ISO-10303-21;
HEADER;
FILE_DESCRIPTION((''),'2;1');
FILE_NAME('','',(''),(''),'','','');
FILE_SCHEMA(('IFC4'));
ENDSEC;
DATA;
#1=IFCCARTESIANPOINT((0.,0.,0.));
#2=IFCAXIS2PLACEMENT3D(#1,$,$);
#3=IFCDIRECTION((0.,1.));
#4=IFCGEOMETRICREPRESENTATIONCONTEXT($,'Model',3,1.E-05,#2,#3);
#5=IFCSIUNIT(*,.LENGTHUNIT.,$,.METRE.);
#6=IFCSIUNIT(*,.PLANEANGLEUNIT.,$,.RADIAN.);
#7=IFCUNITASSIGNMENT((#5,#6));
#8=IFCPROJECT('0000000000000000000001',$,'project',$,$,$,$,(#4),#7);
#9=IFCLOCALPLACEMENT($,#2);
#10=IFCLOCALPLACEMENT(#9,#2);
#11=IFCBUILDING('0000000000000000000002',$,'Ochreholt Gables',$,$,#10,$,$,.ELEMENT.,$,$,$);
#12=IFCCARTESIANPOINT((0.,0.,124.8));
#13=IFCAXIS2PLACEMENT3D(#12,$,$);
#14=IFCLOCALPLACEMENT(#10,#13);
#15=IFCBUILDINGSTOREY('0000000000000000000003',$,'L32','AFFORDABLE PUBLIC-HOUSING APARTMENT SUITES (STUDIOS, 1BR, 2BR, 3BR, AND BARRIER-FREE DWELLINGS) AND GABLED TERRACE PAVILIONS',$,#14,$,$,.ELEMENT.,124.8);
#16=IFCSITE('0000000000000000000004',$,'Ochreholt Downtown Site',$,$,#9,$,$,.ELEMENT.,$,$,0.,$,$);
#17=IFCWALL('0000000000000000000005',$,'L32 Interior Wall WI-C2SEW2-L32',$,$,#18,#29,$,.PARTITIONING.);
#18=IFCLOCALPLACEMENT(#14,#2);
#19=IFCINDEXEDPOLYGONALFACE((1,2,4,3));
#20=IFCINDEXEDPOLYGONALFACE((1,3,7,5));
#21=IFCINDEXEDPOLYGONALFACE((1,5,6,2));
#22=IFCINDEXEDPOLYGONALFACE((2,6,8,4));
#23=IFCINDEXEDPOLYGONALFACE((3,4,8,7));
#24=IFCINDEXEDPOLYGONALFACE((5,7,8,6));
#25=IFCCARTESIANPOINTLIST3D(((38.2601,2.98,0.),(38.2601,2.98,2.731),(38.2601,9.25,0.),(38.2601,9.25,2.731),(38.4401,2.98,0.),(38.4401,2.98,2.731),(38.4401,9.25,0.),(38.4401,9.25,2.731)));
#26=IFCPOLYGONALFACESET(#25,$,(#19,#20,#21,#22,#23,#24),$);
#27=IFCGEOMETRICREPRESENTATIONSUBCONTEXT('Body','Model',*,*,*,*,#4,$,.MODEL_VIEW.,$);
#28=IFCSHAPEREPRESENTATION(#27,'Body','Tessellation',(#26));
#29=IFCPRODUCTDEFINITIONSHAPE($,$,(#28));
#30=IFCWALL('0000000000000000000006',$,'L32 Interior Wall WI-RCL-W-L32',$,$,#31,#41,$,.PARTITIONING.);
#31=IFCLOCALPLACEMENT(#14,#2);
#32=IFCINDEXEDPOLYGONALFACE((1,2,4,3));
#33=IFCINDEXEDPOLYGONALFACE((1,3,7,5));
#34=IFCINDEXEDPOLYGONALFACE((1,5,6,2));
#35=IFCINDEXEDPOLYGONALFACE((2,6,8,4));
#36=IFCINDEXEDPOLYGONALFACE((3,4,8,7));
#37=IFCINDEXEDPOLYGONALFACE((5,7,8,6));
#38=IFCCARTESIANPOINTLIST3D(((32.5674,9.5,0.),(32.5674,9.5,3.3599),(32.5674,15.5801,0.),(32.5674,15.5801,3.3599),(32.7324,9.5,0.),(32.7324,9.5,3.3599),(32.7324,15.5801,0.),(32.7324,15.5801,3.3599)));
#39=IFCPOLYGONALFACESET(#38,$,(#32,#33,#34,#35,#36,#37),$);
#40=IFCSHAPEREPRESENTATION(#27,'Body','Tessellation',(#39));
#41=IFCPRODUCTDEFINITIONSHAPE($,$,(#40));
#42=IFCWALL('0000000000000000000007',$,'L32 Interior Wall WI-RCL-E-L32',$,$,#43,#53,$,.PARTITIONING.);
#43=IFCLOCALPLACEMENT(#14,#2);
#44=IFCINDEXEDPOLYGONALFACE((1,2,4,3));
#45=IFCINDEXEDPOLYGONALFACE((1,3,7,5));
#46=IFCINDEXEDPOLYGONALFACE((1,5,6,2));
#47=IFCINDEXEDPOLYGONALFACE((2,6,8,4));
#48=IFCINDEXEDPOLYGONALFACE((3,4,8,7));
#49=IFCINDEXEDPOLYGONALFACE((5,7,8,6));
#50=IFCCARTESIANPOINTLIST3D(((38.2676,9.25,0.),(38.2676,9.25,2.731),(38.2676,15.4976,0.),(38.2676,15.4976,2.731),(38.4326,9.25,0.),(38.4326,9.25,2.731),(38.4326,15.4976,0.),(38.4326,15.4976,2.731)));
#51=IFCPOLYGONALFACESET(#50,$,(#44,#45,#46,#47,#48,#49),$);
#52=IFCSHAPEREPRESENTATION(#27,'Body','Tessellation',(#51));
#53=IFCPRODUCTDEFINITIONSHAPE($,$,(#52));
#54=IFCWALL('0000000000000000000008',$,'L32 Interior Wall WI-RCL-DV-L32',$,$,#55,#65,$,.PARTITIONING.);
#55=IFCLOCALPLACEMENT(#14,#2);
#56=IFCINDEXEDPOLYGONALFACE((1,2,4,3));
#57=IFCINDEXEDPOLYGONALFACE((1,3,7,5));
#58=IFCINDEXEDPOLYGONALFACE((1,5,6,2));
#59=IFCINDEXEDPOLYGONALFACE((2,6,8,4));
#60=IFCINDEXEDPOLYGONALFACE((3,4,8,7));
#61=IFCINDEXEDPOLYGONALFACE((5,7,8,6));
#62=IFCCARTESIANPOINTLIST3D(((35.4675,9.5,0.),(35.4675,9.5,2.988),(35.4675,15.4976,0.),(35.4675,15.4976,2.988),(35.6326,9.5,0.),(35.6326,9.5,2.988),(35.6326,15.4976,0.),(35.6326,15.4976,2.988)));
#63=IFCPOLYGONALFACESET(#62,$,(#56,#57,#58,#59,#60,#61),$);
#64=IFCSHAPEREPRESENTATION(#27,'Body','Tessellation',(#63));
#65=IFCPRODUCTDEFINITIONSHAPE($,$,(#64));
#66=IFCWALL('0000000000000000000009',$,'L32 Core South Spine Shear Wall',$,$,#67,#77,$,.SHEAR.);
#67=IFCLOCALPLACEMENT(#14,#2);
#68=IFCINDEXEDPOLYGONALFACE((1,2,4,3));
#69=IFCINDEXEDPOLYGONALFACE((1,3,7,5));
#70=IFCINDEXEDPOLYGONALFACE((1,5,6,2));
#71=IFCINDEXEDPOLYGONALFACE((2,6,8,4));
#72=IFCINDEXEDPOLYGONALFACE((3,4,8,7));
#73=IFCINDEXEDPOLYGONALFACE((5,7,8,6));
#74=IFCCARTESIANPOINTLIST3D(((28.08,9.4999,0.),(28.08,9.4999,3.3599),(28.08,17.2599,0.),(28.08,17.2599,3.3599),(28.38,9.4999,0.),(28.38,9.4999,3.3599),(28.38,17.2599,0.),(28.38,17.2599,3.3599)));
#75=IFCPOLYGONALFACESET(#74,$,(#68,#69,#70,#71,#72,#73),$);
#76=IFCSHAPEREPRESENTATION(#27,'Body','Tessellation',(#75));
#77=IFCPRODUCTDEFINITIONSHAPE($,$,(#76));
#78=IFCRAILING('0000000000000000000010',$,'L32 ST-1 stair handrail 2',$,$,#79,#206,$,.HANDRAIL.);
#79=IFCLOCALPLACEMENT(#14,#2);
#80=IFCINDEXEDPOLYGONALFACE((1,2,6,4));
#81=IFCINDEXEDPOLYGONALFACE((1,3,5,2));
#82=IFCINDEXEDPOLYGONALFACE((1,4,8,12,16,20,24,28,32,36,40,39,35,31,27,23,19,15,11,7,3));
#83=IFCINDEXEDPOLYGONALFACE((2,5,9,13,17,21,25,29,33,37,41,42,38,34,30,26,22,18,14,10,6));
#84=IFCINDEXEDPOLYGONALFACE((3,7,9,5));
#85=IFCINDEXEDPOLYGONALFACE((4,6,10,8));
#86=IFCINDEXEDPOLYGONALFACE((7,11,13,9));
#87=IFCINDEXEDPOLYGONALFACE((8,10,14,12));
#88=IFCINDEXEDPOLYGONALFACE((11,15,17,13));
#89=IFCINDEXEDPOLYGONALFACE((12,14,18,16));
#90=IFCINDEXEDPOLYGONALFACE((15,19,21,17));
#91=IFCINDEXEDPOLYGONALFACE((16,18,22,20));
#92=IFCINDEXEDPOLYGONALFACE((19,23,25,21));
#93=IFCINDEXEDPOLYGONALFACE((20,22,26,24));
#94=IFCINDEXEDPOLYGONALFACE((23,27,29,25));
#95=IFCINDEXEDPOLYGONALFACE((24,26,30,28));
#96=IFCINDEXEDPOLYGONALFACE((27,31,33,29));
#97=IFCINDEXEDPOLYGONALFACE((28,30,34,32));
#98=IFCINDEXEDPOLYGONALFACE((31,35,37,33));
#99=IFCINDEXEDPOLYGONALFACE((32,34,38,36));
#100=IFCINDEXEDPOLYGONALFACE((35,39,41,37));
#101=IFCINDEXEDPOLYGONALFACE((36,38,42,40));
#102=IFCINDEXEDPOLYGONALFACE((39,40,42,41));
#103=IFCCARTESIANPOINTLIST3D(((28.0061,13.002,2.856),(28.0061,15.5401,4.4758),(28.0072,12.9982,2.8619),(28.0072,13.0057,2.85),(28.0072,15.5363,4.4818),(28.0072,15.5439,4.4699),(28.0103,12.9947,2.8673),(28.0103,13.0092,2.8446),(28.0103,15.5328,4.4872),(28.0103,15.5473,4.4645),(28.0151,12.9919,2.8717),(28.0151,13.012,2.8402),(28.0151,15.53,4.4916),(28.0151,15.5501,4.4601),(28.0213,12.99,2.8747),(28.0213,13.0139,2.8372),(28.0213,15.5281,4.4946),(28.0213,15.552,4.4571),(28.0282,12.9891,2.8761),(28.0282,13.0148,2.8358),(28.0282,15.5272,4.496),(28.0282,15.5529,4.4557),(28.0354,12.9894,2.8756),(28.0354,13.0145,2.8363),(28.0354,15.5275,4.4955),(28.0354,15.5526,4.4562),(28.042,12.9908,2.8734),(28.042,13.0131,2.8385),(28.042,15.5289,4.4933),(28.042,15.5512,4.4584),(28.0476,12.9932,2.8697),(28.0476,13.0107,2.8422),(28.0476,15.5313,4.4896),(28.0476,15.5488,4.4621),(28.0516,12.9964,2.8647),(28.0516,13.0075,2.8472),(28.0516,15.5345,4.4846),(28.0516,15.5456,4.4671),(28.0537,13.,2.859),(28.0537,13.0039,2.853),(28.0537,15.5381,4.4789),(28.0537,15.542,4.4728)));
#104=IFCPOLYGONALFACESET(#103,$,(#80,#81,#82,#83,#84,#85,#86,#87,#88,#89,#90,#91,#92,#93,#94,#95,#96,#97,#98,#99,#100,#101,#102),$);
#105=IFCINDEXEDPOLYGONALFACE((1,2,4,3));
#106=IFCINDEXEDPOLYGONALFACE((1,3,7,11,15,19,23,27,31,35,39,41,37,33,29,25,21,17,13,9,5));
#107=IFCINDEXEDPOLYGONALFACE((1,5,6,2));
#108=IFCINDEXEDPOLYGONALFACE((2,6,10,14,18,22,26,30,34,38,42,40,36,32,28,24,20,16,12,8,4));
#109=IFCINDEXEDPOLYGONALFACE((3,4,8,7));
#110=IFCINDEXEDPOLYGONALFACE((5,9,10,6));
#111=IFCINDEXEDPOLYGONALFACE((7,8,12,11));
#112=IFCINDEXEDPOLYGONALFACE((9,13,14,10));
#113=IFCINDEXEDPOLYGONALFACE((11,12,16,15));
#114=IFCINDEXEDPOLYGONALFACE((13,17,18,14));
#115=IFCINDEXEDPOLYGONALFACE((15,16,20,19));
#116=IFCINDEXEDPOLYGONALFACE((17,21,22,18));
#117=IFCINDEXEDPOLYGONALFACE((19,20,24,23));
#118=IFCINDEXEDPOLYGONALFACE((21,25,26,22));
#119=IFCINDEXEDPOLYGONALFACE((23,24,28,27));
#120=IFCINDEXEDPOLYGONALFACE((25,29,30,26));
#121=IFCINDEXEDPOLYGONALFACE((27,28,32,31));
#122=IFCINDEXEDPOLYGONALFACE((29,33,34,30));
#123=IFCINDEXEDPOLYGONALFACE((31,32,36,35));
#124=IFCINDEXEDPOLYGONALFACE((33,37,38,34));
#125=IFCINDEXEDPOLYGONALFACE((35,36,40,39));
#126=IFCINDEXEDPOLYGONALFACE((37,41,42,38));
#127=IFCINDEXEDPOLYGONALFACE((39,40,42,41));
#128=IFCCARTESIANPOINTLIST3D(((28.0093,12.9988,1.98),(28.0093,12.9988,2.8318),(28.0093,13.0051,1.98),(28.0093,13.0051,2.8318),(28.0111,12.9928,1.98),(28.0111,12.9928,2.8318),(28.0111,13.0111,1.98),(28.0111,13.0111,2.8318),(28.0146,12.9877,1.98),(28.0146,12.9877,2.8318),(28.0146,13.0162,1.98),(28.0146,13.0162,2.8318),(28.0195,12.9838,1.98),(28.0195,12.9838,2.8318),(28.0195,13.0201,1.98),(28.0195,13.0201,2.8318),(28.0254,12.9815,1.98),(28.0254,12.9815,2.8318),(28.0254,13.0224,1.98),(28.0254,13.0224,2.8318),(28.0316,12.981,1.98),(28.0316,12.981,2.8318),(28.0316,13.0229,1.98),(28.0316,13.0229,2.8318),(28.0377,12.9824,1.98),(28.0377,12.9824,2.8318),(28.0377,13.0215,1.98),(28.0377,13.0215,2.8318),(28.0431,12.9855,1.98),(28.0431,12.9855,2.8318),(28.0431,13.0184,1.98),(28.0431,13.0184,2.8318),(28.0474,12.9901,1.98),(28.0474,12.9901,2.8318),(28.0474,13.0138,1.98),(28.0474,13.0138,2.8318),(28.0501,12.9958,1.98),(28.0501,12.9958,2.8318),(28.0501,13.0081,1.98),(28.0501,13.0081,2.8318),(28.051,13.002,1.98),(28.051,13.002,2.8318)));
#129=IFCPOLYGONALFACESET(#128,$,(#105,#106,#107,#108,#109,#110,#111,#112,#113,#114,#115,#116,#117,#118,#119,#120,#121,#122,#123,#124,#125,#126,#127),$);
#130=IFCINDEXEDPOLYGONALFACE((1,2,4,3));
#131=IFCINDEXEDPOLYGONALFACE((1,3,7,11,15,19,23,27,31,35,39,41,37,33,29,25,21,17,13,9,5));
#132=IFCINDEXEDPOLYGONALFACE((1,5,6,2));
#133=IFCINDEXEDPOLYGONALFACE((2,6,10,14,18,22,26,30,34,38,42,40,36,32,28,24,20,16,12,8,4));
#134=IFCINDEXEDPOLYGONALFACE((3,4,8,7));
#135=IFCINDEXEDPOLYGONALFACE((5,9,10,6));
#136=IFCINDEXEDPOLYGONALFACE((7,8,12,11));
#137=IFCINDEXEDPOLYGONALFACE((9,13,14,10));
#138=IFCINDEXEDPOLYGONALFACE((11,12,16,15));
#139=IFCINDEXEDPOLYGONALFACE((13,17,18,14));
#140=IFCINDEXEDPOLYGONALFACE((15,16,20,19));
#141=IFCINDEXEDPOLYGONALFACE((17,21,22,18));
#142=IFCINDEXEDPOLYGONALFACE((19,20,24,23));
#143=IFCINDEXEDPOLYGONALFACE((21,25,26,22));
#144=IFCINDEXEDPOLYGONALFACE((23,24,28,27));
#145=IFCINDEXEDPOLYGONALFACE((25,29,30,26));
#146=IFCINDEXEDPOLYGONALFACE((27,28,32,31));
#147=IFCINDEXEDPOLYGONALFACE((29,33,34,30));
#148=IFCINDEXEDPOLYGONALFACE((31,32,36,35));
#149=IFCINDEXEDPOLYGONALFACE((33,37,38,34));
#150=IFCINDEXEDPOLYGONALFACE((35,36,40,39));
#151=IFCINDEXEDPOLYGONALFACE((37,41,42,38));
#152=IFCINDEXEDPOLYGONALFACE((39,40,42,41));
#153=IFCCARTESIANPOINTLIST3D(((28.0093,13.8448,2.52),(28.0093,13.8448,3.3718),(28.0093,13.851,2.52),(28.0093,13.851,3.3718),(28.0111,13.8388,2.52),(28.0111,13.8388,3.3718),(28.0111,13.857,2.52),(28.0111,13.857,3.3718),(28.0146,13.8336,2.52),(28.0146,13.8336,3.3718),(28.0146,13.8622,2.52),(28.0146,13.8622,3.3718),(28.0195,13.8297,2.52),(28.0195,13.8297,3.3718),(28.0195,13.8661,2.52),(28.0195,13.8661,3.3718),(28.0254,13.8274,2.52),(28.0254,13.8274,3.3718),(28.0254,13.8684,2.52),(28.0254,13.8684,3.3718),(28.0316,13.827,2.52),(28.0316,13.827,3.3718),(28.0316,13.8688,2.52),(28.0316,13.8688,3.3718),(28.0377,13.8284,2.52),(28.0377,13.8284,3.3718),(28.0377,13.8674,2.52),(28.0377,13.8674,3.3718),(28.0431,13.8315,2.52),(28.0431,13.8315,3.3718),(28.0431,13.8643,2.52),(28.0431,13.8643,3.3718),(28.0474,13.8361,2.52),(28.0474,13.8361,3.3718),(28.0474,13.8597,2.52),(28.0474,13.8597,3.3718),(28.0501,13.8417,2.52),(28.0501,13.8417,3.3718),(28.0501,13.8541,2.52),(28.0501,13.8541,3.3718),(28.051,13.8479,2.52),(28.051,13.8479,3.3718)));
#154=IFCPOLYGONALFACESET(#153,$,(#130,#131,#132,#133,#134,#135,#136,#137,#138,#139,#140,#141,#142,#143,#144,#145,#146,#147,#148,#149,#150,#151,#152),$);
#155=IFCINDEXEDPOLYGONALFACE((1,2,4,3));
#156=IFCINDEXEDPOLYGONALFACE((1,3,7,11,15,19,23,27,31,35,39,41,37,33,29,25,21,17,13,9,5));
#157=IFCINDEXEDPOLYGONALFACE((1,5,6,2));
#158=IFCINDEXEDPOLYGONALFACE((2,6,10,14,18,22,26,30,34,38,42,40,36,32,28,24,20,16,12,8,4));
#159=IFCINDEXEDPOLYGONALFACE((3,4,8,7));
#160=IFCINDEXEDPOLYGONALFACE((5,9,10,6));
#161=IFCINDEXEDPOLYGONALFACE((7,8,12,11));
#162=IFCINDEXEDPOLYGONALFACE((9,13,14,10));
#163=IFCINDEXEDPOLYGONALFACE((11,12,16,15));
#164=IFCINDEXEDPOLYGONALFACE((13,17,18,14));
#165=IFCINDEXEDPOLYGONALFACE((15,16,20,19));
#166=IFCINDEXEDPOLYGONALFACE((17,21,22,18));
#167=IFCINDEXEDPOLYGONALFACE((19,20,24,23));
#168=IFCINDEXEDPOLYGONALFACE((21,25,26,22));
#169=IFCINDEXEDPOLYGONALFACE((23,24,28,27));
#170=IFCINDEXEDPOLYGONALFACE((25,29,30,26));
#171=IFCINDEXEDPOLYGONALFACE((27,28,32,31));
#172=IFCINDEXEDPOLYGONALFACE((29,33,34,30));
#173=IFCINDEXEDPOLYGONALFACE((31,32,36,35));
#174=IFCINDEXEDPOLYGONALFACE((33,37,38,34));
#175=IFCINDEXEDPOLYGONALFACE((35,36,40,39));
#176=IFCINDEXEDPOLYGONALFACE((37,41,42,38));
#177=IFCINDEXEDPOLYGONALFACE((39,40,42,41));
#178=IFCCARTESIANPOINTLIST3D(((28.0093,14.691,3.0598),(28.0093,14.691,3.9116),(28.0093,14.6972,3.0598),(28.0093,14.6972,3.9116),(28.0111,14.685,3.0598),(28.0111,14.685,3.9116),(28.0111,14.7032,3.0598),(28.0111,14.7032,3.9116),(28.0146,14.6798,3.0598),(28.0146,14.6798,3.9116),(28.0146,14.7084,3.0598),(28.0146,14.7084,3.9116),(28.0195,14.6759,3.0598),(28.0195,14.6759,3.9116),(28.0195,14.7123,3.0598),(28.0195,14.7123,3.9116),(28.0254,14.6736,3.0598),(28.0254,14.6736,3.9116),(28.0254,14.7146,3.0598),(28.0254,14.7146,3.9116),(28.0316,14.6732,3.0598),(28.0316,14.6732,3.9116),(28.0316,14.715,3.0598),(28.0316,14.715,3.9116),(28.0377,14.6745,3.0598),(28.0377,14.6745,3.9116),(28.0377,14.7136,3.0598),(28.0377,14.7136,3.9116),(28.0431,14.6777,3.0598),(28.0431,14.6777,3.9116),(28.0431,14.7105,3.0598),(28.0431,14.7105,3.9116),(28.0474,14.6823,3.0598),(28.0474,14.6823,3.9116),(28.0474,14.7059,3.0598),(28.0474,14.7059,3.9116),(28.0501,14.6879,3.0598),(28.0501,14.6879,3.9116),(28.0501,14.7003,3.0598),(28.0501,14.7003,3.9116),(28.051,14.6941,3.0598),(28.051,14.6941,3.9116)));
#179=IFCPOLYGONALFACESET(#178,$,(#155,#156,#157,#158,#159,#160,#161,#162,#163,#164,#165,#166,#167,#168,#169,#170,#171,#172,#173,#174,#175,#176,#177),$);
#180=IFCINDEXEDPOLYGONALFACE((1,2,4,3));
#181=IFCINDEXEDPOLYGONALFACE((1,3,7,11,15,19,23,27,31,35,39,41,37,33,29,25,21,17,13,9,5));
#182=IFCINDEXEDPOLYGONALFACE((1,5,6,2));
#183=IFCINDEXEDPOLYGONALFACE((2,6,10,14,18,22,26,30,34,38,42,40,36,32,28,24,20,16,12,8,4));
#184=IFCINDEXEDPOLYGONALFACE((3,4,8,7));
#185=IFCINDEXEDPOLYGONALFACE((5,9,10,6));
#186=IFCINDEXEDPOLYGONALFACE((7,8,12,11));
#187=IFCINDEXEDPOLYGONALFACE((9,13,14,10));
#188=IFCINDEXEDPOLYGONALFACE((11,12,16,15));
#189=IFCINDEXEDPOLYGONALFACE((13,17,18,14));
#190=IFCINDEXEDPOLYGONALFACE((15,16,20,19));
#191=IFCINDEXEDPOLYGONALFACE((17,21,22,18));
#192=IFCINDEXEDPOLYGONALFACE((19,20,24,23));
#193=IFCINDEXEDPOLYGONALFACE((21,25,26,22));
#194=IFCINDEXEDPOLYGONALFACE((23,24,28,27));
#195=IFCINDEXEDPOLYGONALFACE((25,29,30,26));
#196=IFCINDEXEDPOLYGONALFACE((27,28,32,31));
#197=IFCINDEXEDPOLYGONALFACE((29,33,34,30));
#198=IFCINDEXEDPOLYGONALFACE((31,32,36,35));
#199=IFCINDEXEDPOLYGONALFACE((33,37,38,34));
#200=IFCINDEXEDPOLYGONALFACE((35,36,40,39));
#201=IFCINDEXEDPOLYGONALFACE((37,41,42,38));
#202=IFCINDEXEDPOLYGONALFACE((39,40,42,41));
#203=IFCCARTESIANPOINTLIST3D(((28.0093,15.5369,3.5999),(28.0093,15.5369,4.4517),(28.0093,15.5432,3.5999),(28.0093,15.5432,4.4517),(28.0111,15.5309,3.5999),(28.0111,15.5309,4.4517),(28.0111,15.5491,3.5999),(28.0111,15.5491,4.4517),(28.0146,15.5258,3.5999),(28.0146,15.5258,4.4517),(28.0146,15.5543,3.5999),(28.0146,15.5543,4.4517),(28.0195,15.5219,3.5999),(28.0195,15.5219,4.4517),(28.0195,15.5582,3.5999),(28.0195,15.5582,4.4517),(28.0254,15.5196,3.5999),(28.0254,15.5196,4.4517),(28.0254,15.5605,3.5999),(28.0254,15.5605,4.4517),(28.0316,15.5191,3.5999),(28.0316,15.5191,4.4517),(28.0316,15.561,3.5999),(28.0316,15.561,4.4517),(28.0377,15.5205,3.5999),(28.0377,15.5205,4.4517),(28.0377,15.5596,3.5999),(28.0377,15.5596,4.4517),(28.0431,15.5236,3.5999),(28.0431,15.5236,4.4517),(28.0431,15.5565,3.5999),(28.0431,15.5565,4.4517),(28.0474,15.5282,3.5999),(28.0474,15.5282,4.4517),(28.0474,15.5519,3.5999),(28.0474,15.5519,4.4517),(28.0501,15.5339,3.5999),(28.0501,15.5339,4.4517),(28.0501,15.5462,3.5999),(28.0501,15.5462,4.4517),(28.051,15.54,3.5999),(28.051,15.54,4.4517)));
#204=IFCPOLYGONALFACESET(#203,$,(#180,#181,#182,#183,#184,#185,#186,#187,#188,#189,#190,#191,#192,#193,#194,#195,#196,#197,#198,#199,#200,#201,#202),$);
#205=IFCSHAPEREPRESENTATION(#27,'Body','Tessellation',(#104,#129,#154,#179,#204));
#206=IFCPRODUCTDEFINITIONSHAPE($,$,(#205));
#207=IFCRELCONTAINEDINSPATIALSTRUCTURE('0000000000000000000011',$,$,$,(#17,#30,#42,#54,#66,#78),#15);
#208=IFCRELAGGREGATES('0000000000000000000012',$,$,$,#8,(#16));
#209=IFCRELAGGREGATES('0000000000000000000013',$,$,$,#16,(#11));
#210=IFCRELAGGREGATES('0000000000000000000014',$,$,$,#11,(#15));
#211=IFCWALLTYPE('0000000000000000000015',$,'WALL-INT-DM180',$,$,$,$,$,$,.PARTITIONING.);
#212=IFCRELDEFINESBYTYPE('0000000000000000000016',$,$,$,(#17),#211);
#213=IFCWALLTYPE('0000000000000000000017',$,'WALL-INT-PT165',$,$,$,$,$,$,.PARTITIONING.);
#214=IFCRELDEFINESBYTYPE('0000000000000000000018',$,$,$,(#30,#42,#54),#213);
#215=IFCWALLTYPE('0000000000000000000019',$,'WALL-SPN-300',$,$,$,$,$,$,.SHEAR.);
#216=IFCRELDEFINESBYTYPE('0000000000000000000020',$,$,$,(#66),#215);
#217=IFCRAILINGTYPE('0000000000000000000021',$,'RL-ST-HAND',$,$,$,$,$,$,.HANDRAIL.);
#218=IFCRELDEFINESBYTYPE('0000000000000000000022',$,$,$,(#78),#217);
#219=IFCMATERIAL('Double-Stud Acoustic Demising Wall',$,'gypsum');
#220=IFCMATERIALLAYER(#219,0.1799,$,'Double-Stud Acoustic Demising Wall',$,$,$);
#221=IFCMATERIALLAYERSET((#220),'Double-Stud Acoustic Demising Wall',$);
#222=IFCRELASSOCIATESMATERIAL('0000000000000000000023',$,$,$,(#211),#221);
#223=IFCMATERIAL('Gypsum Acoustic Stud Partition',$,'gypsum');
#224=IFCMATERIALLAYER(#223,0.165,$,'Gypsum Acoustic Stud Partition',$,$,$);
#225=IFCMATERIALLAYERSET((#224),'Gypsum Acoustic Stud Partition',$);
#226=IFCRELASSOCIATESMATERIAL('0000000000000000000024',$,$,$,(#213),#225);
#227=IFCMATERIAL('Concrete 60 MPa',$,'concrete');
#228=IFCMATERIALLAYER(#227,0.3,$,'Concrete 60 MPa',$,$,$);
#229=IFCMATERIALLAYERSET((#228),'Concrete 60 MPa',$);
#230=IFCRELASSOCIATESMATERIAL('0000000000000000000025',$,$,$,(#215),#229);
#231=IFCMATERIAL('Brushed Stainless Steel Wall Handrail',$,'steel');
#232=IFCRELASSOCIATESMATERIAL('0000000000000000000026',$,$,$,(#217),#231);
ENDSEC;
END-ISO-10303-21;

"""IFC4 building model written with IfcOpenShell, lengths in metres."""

from ifc_helpers import new_model, si_unit, direction, frame, frame_2d, origin, origin_2d, place, context, subcontext, project, spatial, rectangle, circle, extrude, material, layer, layer_set, type_object, element, save


model = new_model("IFC4")

# Units and contexts
model_context = context("Model", 3, precision=1e-05, world=origin(), true_north=direction((0.0, 1.0)))
body_context = subcontext(model_context, "Body", "Model", "MODEL_VIEW")
ifc_project = project(units=[si_unit("LENGTHUNIT", "METRE"), si_unit("PLANEANGLEUNIT", "RADIAN")], contexts=[model_context])

# Site, building, storey
site_placement = place(None, origin())
site = spatial("IfcSite", under=ifc_project, at=site_placement, Name="Ochreholt Downtown Site", CompositionType="ELEMENT", RefElevation=0.0)
building_placement = place(site_placement, origin())
building = spatial("IfcBuilding", under=site, at=building_placement, Name="Ochreholt Gables", CompositionType="ELEMENT")
storey_placement = place(building_placement, frame((0.0, 0.0, 124.8)))
storey = spatial("IfcBuildingStorey", under=building, at=storey_placement, Name="L32", Description="AFFORDABLE PUBLIC-HOUSING APARTMENT SUITES (STUDIOS, 1BR, 2BR, 3BR, AND BARRIER-FREE DWELLINGS) AND GABLED TERRACE PAVILIONS", CompositionType="ELEMENT", Elevation=124.8)

# Shared definitions
ifc_material_1 = material(Name="Concrete 60 MPa", Category="concrete")

# Shared definitions
ifc_material_2 = material(Name="Double-Stud Acoustic Demising Wall", Category="gypsum")
ifc_layer_1 = layer(ifc_material_2, 0.1799, Name="Double-Stud Acoustic Demising Wall")
ifc_layer_set_1 = layer_set([ifc_layer_1], Name="Double-Stud Acoustic Demising Wall")
wall_type_1 = type_object("IfcWallType", Name="WALL-INT-DM180", PredefinedType="PARTITIONING", material=ifc_layer_set_1)

# Walls
wall_1_placement = place(storey_placement, frame((38.3501, 2.98, 0.0), z_axis=(0.0, 0.0, 1.0), x_axis=(0.0, 1.0, 0.0)))
element("IfcWall", 1, at=wall_1_placement, inside=storey, type_object=wall_type_1, Name="L32 Interior Wall WI-C2SEW2-L32", PredefinedType="PARTITIONING", context=body_context, shape_type="SweptSolid", body=[
    extrude(rectangle(XDim=6.27, YDim=0.1799, at=frame_2d((3.135, 0.0))), origin(), (0.0, 0.0, 1.0), 2.731),
])
ifc_material_3 = material(Name="Gypsum Acoustic Stud Partition", Category="gypsum")
ifc_layer_2 = layer(ifc_material_3, 0.165, Name="Gypsum Acoustic Stud Partition")
ifc_layer_set_2 = layer_set([ifc_layer_2], Name="Gypsum Acoustic Stud Partition")
wall_type_2 = type_object("IfcWallType", Name="WALL-INT-PT165", PredefinedType="PARTITIONING", material=ifc_layer_set_2)
wall_2_placement = place(storey_placement, frame((32.6499, 9.5, 0.0), z_axis=(0.0, 0.0, 1.0), x_axis=(0.0, 1.0, 0.0)))
element("IfcWall", 2, at=wall_2_placement, inside=storey, type_object=wall_type_2, Name="L32 Interior Wall WI-RCL-W-L32", PredefinedType="PARTITIONING", context=body_context, shape_type="SweptSolid", body=[
    extrude(rectangle(XDim=6.0801, YDim=0.165, at=frame_2d((3.04, 0.0))), origin(), (0.0, 0.0, 1.0), 3.3599),
])

# Walls
wall_3_placement = place(storey_placement, frame((38.3501, 9.25, 0.0), z_axis=(0.0, 0.0, 1.0), x_axis=(0.0, 1.0, 0.0)))
element("IfcWall", 3, at=wall_3_placement, inside=storey, type_object=wall_type_2, Name="L32 Interior Wall WI-RCL-E-L32", PredefinedType="PARTITIONING", context=body_context, shape_type="SweptSolid", body=[
    extrude(rectangle(XDim=6.2476, YDim=0.165, at=frame_2d((3.1238, 0.0))), origin(), (0.0, 0.0, 1.0), 2.731),
])
wall_4_placement = place(storey_placement, frame((35.55, 9.5, 0.0), z_axis=(0.0, 0.0, 1.0), x_axis=(0.0, 1.0, 0.0)))
element("IfcWall", 4, at=wall_4_placement, inside=storey, type_object=wall_type_2, Name="L32 Interior Wall WI-RCL-DV-L32", PredefinedType="PARTITIONING", context=body_context, shape_type="SweptSolid", body=[
    extrude(rectangle(XDim=5.9976, YDim=0.165, at=frame_2d((2.9988, 0.0))), origin(), (0.0, 0.0, 1.0), 2.988),
])
ifc_layer_3 = layer(ifc_material_1, 0.3, Name="Concrete 60 MPa")
ifc_layer_set_3 = layer_set([ifc_layer_3], Name="Concrete 60 MPa")
wall_type_3 = type_object("IfcWallType", Name="WALL-SPN-300", PredefinedType="SHEAR", material=ifc_layer_set_3)
wall_5_placement = place(storey_placement, frame((28.23, 9.5, 0.0), z_axis=(0.0, 0.0, 1.0), x_axis=(0.0, 1.0, 0.0)))
element("IfcWall", 5, at=wall_5_placement, inside=storey, type_object=wall_type_3, Name="L32 Core South Spine Shear Wall", PredefinedType="SHEAR", context=body_context, shape_type="SweptSolid", body=[
    extrude(rectangle(XDim=7.76, YDim=0.3, at=frame_2d((3.8799, 0.0))), origin(), (0.0, 0.0, 1.0), 3.3599),
])

# Railing
ifc_material_4 = material(Name="Brushed Stainless Steel Wall Handrail", Category="steel")
railing_type = type_object("IfcRailingType", Name="RL-ST-HAND", PredefinedType="HANDRAIL", material=ifc_material_4)
railing_placement = place(storey_placement, frame((28.03, 13.002, 1.98)))
element("IfcRailing", 6, at=railing_placement, inside=storey, type_object=railing_type, Name="L32 ST-1 stair handrail 2", PredefinedType="HANDRAIL", context=body_context, shape_type="SweptSolid", body=[
    extrude(circle(Radius=0.0239, at=origin_2d()), frame((0.0, 0.0, 0.876), z_axis=(0.0, 0.84295, 0.537993), x_axis=(-1.0, 0.0, 0.0)), (0.0, 0.0, 1.0), 3.011),
    extrude(circle(Radius=0.021, at=origin_2d()), origin(), (0.0, 0.0, 1.0), 0.8518),
    extrude(circle(Radius=0.021, at=origin_2d()), frame((0.0, 0.8459, 0.54)), (0.0, 0.0, 1.0), 0.8518),
    extrude(circle(Radius=0.021, at=origin_2d()), frame((0.0, 1.6921, 1.0798)), (0.0, 0.0, 1.0), 0.8518),
    extrude(circle(Radius=0.021, at=origin_2d()), frame((0.0, 2.5381, 1.6199)), (0.0, 0.0, 1.0), 0.8518),
])

save(model, "model.ifc")
